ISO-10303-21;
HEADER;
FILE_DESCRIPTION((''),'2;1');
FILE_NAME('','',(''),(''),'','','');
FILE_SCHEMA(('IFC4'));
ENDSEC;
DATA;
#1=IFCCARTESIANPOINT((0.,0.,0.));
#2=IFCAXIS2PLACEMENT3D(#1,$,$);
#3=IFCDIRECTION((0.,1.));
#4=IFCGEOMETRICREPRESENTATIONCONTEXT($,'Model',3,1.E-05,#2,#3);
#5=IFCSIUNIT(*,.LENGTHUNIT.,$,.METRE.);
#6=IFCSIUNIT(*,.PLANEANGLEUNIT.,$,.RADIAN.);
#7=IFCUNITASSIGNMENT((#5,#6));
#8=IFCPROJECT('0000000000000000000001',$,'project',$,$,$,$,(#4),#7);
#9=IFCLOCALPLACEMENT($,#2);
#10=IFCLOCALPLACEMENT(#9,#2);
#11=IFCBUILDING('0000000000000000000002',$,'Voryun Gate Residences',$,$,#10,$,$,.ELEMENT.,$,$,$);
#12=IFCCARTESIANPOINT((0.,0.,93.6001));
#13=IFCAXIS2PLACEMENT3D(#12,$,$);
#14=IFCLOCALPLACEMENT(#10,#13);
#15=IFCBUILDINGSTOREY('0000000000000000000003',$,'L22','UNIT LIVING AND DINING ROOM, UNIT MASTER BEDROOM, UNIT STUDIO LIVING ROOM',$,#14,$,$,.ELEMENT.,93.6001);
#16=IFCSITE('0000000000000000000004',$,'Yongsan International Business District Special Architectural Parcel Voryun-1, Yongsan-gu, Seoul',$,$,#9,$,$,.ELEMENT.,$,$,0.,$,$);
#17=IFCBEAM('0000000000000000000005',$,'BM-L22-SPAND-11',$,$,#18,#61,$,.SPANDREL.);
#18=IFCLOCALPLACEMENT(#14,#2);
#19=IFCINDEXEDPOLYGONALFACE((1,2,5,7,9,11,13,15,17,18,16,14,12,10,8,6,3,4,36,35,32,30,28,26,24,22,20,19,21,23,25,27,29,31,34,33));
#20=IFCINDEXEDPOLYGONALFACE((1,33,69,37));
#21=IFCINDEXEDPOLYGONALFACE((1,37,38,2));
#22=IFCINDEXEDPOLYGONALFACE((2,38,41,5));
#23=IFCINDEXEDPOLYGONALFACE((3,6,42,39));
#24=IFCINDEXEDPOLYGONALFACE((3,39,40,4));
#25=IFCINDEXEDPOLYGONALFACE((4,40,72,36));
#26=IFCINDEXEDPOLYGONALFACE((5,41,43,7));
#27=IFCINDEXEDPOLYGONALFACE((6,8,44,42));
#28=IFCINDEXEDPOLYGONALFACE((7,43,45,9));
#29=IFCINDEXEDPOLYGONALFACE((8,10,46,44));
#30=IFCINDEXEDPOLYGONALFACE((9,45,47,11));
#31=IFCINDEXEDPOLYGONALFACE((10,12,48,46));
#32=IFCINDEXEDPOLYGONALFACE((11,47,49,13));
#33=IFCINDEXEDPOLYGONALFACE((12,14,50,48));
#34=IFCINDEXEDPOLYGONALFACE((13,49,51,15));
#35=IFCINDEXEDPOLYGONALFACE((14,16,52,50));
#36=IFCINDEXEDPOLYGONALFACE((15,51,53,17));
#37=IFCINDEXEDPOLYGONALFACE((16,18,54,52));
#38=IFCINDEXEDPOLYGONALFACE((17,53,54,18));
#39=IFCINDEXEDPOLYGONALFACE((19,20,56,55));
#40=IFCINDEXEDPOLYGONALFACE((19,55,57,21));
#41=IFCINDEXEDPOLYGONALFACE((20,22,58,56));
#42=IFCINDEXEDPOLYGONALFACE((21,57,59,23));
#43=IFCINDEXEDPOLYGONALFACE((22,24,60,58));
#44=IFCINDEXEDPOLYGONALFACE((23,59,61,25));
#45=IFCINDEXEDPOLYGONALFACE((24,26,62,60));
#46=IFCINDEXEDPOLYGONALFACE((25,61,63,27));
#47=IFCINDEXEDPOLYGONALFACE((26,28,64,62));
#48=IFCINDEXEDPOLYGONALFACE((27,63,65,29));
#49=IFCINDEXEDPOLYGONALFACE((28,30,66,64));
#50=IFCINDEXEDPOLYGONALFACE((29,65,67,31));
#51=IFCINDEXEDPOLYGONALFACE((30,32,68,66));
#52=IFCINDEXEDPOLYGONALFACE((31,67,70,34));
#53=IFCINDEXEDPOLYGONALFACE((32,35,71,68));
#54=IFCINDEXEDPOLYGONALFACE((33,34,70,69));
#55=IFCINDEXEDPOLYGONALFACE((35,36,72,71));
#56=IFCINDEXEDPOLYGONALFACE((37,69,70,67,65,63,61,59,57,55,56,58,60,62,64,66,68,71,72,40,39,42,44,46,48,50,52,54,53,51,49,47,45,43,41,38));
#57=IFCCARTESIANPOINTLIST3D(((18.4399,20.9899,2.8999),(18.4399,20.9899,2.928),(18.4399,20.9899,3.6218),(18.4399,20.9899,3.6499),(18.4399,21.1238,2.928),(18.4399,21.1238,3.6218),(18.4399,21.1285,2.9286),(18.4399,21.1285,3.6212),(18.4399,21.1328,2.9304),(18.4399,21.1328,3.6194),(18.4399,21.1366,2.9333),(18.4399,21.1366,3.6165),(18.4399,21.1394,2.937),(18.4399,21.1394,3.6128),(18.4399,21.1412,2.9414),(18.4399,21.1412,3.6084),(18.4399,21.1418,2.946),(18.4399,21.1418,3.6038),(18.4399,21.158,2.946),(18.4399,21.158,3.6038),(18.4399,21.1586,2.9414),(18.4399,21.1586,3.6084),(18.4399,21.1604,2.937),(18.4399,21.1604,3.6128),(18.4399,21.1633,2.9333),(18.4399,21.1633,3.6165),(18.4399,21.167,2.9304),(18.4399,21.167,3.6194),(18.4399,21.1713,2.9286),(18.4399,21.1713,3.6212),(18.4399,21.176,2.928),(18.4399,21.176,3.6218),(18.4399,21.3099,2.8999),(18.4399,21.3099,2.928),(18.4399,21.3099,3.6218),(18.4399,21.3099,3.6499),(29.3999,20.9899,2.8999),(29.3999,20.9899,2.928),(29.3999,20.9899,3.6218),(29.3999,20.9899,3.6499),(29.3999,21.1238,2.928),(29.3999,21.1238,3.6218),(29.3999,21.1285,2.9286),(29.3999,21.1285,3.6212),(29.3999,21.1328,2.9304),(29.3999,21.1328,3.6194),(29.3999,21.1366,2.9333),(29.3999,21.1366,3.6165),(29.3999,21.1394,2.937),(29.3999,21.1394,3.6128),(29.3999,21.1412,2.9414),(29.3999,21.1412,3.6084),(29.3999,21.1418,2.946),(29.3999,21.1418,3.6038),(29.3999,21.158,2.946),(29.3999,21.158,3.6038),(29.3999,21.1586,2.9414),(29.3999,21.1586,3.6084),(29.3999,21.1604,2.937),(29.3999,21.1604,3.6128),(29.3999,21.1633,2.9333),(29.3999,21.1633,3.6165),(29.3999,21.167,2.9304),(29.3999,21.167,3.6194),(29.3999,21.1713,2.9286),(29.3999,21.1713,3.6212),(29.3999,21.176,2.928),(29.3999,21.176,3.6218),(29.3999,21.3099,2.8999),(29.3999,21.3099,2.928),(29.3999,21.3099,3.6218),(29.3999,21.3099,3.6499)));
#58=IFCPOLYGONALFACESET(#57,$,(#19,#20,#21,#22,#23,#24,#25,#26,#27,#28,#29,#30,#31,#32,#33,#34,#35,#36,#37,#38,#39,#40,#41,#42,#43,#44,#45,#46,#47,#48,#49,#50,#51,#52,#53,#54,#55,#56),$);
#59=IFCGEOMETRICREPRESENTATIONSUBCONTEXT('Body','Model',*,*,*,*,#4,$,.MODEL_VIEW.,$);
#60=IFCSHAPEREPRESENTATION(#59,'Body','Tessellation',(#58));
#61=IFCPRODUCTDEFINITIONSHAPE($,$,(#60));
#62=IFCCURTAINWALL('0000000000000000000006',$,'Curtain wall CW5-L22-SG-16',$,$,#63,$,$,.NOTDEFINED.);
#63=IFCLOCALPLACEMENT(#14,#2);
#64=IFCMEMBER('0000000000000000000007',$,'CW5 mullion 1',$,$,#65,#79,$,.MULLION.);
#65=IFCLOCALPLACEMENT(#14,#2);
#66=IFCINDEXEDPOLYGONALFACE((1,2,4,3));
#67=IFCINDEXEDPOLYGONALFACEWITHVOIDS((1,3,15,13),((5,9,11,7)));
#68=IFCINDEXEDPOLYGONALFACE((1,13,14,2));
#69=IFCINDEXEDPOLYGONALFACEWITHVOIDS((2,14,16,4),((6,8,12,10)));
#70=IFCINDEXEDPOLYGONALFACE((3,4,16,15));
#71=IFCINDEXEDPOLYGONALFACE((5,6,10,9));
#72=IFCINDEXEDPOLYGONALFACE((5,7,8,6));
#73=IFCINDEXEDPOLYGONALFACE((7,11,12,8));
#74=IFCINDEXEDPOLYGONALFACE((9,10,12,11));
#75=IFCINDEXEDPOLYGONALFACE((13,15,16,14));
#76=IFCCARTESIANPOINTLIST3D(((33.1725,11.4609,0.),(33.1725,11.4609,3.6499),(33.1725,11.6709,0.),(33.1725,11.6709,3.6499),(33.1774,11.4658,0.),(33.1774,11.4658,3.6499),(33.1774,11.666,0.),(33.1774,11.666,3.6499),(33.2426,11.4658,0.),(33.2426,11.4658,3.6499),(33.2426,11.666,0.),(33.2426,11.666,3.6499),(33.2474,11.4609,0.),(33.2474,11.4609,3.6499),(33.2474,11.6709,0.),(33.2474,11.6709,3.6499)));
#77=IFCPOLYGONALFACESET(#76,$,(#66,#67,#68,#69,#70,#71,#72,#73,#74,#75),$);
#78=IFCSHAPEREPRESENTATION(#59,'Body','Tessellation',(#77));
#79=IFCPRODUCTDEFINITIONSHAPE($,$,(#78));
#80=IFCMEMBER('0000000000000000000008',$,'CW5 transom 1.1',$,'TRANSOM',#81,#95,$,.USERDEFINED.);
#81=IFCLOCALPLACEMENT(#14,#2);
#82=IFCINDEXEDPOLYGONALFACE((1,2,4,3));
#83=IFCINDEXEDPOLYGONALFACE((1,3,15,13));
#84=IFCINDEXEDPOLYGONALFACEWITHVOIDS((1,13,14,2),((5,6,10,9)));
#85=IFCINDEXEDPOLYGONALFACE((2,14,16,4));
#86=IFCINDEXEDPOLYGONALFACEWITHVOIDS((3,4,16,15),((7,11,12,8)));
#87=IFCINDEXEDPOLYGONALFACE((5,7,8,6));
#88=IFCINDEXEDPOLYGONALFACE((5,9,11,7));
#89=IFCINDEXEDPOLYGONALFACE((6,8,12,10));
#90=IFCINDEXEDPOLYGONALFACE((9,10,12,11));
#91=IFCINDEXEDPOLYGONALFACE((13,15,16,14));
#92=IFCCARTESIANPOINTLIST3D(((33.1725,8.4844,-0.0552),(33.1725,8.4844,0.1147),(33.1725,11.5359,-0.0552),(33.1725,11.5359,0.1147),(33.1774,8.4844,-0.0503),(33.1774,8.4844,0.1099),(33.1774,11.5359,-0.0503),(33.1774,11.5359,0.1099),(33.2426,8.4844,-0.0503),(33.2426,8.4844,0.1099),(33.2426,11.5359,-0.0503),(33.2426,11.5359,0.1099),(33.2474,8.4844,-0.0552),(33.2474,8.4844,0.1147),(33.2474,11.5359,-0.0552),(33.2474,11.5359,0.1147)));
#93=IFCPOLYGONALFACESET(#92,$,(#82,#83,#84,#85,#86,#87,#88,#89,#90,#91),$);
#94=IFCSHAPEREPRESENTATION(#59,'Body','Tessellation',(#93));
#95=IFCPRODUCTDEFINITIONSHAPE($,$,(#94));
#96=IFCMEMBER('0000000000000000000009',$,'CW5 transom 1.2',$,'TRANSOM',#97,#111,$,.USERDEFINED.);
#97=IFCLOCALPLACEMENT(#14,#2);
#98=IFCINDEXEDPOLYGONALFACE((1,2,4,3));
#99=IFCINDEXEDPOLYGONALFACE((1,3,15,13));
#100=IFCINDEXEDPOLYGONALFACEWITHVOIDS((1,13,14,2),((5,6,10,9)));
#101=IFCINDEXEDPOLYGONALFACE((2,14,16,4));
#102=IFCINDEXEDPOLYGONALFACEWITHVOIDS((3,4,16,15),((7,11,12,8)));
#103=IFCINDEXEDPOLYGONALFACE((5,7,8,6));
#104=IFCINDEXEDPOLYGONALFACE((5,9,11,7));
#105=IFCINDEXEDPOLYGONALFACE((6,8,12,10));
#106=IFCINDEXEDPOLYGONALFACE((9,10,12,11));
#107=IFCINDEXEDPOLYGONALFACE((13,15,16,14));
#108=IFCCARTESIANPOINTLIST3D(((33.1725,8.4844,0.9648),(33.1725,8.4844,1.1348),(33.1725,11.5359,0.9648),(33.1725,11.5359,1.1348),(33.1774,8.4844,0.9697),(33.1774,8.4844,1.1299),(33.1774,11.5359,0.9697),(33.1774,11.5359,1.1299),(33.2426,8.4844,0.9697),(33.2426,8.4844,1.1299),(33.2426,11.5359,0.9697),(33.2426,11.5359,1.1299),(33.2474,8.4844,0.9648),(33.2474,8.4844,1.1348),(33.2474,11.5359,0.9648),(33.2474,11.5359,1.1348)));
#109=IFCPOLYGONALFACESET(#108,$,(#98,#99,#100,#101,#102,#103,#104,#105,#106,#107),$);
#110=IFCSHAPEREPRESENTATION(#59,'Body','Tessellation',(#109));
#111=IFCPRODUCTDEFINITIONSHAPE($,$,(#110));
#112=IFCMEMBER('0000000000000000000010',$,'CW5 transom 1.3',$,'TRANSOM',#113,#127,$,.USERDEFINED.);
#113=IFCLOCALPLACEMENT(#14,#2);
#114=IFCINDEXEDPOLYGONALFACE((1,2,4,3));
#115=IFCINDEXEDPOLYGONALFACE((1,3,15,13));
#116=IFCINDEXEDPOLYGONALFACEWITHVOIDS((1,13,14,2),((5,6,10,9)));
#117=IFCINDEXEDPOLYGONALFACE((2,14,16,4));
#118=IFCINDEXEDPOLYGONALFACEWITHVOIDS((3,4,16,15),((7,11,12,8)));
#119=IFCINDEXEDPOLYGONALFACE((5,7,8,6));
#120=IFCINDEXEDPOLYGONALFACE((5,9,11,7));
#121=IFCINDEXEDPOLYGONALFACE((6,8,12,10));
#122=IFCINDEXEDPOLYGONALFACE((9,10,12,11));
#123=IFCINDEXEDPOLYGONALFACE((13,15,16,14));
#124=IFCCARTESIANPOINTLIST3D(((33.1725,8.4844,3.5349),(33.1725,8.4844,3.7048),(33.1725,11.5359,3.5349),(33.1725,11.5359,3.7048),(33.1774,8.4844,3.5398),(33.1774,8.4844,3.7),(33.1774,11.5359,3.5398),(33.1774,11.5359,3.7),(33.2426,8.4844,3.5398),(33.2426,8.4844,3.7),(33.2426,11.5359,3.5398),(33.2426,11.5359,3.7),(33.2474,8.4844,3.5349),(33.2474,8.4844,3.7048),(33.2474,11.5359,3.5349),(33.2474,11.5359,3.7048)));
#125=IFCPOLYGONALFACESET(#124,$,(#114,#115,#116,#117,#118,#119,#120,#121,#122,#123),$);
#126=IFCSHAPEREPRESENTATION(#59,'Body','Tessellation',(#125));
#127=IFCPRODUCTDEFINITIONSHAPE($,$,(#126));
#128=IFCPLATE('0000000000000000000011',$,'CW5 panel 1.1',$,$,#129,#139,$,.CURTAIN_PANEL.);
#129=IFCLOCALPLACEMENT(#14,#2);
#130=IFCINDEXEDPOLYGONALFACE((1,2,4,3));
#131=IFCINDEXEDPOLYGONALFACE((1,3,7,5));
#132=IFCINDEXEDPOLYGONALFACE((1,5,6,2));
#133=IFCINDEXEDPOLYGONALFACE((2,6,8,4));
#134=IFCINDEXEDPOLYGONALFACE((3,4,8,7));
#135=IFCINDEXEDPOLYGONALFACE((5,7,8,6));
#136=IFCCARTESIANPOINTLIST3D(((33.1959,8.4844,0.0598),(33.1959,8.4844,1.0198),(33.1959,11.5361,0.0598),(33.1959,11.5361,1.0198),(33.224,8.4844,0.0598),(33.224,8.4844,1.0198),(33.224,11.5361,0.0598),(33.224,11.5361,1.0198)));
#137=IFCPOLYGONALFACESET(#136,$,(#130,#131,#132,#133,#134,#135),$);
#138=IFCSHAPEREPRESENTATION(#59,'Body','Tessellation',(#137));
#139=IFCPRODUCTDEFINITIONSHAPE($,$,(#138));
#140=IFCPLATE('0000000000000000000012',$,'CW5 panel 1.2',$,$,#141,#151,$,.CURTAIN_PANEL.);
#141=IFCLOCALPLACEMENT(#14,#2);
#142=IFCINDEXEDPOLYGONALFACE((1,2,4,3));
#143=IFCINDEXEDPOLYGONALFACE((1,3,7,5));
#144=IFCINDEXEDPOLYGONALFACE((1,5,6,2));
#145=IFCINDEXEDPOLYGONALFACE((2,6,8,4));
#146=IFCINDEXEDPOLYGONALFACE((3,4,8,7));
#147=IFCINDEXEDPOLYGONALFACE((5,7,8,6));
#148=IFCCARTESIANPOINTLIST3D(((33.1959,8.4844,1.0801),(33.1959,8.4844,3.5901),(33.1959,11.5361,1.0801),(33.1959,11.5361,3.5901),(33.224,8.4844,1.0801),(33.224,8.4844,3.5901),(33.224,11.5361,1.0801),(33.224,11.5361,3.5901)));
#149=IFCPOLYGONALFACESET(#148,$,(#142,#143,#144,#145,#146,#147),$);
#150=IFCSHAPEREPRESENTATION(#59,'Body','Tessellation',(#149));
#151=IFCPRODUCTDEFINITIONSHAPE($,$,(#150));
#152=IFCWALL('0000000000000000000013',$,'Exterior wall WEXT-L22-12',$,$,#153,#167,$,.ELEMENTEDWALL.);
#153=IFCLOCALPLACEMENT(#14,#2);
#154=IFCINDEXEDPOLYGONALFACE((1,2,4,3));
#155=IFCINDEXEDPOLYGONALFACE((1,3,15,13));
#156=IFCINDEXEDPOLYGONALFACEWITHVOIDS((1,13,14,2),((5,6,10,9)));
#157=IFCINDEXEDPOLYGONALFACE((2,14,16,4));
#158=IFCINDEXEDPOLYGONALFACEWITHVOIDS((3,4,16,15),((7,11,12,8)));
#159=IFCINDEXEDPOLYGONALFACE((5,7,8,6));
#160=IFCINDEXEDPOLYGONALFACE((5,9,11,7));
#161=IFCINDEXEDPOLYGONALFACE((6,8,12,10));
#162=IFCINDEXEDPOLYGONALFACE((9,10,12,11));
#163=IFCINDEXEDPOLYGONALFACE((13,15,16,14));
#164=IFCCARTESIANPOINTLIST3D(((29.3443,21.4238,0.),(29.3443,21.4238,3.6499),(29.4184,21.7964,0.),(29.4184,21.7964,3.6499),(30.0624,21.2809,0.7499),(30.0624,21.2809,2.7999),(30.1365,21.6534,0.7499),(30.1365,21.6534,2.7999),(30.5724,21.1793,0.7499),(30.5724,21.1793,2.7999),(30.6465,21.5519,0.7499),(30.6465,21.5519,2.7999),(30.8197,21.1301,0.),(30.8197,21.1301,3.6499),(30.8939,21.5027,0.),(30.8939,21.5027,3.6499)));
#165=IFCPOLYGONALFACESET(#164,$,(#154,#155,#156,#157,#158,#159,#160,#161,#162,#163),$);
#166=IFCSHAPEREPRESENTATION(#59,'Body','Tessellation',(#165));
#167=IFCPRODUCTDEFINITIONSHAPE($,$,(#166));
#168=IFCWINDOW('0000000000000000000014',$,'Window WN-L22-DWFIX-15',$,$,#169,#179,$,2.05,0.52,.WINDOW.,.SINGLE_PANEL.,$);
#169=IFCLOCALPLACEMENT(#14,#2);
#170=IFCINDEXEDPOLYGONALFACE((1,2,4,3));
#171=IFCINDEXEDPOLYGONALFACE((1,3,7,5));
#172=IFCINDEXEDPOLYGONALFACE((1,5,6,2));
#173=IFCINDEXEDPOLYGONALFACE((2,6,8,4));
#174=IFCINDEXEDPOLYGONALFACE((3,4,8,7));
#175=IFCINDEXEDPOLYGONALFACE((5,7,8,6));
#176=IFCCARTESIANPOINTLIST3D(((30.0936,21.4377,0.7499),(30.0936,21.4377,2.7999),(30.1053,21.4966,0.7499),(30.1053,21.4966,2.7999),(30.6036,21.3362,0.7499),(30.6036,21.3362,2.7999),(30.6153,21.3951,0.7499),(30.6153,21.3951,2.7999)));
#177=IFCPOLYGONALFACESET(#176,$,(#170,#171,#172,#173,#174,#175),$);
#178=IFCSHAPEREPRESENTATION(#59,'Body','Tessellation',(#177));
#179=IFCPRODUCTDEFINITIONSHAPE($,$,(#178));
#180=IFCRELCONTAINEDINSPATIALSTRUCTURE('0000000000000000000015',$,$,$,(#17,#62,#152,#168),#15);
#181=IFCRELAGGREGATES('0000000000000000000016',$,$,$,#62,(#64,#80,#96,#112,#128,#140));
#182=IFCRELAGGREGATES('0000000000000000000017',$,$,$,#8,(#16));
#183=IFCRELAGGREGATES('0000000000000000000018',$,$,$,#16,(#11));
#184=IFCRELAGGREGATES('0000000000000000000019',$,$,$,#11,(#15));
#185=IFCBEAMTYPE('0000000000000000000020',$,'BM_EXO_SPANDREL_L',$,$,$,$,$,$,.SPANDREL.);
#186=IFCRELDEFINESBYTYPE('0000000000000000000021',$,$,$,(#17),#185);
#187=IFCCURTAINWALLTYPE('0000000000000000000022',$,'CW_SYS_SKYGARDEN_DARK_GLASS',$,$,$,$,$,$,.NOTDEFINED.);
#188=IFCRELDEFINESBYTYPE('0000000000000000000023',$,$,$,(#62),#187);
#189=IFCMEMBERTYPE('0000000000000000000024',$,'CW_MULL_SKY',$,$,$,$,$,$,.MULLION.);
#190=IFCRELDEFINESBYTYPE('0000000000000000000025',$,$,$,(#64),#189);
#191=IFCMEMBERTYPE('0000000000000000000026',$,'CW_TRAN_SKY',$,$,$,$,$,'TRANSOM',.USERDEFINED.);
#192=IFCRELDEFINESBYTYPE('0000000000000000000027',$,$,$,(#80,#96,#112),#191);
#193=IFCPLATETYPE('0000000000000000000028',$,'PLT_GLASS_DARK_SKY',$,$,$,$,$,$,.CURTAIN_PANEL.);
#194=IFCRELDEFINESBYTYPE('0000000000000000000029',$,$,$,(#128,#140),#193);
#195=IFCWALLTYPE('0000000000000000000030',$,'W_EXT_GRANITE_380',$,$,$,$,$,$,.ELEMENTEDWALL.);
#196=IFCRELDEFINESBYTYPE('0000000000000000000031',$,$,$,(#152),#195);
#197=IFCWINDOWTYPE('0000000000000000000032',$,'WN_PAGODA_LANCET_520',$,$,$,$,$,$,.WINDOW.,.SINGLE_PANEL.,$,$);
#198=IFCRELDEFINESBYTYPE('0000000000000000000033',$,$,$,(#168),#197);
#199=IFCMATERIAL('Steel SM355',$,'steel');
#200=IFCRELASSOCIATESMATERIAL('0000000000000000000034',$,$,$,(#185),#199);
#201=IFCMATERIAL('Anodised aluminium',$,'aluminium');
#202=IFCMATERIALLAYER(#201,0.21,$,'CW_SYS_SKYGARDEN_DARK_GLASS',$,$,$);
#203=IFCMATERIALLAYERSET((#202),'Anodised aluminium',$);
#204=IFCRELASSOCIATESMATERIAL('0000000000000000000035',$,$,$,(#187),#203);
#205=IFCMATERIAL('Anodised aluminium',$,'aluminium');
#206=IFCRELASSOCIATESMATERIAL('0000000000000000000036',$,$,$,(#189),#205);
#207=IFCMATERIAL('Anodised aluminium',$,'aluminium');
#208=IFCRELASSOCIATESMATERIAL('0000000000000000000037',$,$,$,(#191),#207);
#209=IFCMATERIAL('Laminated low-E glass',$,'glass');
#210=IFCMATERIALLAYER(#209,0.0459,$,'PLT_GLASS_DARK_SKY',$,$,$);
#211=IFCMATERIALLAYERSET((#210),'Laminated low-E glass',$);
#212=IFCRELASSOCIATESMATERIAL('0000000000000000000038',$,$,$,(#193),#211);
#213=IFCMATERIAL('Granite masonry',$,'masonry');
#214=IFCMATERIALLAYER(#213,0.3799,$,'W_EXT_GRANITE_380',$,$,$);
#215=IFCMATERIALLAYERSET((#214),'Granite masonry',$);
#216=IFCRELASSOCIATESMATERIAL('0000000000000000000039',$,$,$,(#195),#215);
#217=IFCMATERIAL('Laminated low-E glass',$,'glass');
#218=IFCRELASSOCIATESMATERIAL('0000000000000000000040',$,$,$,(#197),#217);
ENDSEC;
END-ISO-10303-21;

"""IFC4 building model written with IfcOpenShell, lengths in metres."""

from ifc_helpers import new_model, si_unit, direction, frame, frame_2d, origin, origin_2d, place, context, subcontext, project, spatial, rectangle, hollow_rectangle, i_section, extrude, material, layer, layer_set, material_profile, profile_set, type_object, element, fill, aggregate, save


model = new_model("IFC4")

# Units and contexts
model_context = context("Model", 3, precision=1e-05, world=origin(), true_north=direction((0.0, 1.0)))
body_context = subcontext(model_context, "Body", "Model", "MODEL_VIEW")
ifc_project = project(units=[si_unit("LENGTHUNIT", "METRE"), si_unit("PLANEANGLEUNIT", "RADIAN")], contexts=[model_context])

# Site, building, storey
site_placement = place(None, origin())
site = spatial("IfcSite", under=ifc_project, at=site_placement, Name="Yongsan International Business District Special Architectural Parcel Voryun-1, Yongsan-gu, Seoul", CompositionType="ELEMENT", RefElevation=0.0)
building_placement = place(site_placement, origin())
building = spatial("IfcBuilding", under=site, at=building_placement, Name="Voryun Gate Residences", CompositionType="ELEMENT")
storey_placement = place(building_placement, frame((0.0, 0.0, 93.6001)))
storey = spatial("IfcBuildingStorey", under=building, at=storey_placement, Name="L22", Description="UNIT LIVING AND DINING ROOM, UNIT MASTER BEDROOM, UNIT STUDIO LIVING ROOM", CompositionType="ELEMENT", Elevation=93.6001)

# Beam
ifc_material_1 = material(Name="Steel SM355", Category="steel")
ifc_material_profile_1 = material_profile(ifc_material_1, i_section(OverallWidth=0.3201, OverallDepth=0.75, WebThickness=0.0161, FlangeThickness=0.0281, FilletRadius=0.0181, at=origin_2d()), Name="H-750x320x16x28")
ifc_profile_set_1 = profile_set([ifc_material_profile_1], Name="Steel SM355")
beam_type = type_object("IfcBeamType", Name="BM_EXO_SPANDREL_L", PredefinedType="SPANDREL", material=ifc_profile_set_1)
beam_1_placement = place(storey_placement, frame((29.3999, 21.1499, 3.2749), z_axis=(-1.0, 0.0, 0.0), x_axis=(0.0, -1.0, 0.0)))
element("IfcBeam", 1, at=beam_1_placement, inside=storey, type_object=beam_type, Name="BM-L22-SPAND-11", PredefinedType="SPANDREL", context=body_context, shape_type="SweptSolid", body=[
    extrude(i_section(OverallWidth=0.3201, OverallDepth=0.75, WebThickness=0.0161, FlangeThickness=0.0281, FilletRadius=0.0181, at=origin_2d()), origin(), (0.0, 0.0, 1.0), 10.96),
])

# Curtain wall, members, plates
ifc_material_2 = material(Name="Anodised aluminium", Category="aluminium")
ifc_layer_1 = layer(ifc_material_2, 0.21, Name="CW_SYS_SKYGARDEN_DARK_GLASS")
ifc_layer_set_1 = layer_set([ifc_layer_1], Name="Anodised aluminium")
curtain_wall_type = type_object("IfcCurtainWallType", Name="CW_SYS_SKYGARDEN_DARK_GLASS", PredefinedType="NOTDEFINED", material=ifc_layer_set_1)
curtain_wall_placement = place(storey_placement, origin())
curtain_wall = element("IfcCurtainWall", 2, at=curtain_wall_placement, inside=storey, type_object=curtain_wall_type, Name="Curtain wall CW5-L22-SG-16", PredefinedType="NOTDEFINED")
ifc_material_3 = material(Name="Anodised aluminium", Category="aluminium")
ifc_material_profile_2 = material_profile(ifc_material_3, hollow_rectangle(XDim=0.075, YDim=0.21, WallThickness=0.0049, at=origin_2d()), Name="ALU-MULL-210x75x5")
ifc_profile_set_2 = profile_set([ifc_material_profile_2], Name="Anodised aluminium")
member_type_1 = type_object("IfcMemberType", Name="CW_MULL_SKY", PredefinedType="MULLION", material=ifc_profile_set_2)
member_1_placement = place(storey_placement, frame((33.21, 11.5659, 0.0), z_axis=(0.0, 0.0, 1.0), x_axis=(1.0, 0.0, 0.0)))
member_1 = element("IfcMember", 3, at=member_1_placement, type_object=member_type_1, Name="CW5 mullion 1", PredefinedType="MULLION", context=body_context, shape_type="SweptSolid", body=[
    extrude(hollow_rectangle(XDim=0.075, YDim=0.21, WallThickness=0.0049, at=origin_2d()), origin(), (0.0, 0.0, 1.0), 3.6499),
])
ifc_material_4 = material(Name="Anodised aluminium", Category="aluminium")
ifc_material_profile_3 = material_profile(ifc_material_4, hollow_rectangle(XDim=0.075, YDim=0.1699, WallThickness=0.0049, at=origin_2d()), Name="ALU-TRAN-170x75x5")
ifc_profile_set_3 = profile_set([ifc_material_profile_3], Name="Anodised aluminium")
member_type_2 = type_object("IfcMemberType", Name="CW_TRAN_SKY", ElementType="TRANSOM", PredefinedType="USERDEFINED", material=ifc_profile_set_3)
member_2_placement = place(storey_placement, frame((33.21, 11.5359, 0.0298), z_axis=(0.0, -1.0, 0.0), x_axis=(1.0, 0.0, 0.0)))
member_2 = element("IfcMember", 4, at=member_2_placement, type_object=member_type_2, Name="CW5 transom 1.1", ObjectType="TRANSOM", PredefinedType="USERDEFINED", context=body_context, shape_type="SweptSolid", body=[
    extrude(hollow_rectangle(XDim=0.075, YDim=0.1699, WallThickness=0.0049, at=origin_2d()), origin(), (0.0, 0.0, 1.0), 3.0515),
])
member_3_placement = place(storey_placement, frame((33.21, 11.5359, 1.0498), z_axis=(0.0, -1.0, 0.0), x_axis=(1.0, 0.0, 0.0)))
member_3 = element("IfcMember", 5, at=member_3_placement, type_object=member_type_2, Name="CW5 transom 1.2", ObjectType="TRANSOM", PredefinedType="USERDEFINED", context=body_context, shape_type="SweptSolid", body=[
    extrude(hollow_rectangle(XDim=0.075, YDim=0.1699, WallThickness=0.0049, at=origin_2d()), origin(), (0.0, 0.0, 1.0), 3.0515),
])
member_4_placement = place(storey_placement, frame((33.21, 11.5359, 3.6199), z_axis=(0.0, -1.0, 0.0), x_axis=(1.0, 0.0, 0.0)))
member_4 = element("IfcMember", 6, at=member_4_placement, type_object=member_type_2, Name="CW5 transom 1.3", ObjectType="TRANSOM", PredefinedType="USERDEFINED", context=body_context, shape_type="SweptSolid", body=[
    extrude(hollow_rectangle(XDim=0.075, YDim=0.1699, WallThickness=0.0049, at=origin_2d()), origin(), (0.0, 0.0, 1.0), 3.0515),
])
ifc_material_5 = material(Name="Laminated low-E glass", Category="glass")
ifc_layer_2 = layer(ifc_material_5, 0.0459, Name="PLT_GLASS_DARK_SKY")
ifc_layer_set_2 = layer_set([ifc_layer_2], Name="Laminated low-E glass")
plate_type = type_object("IfcPlateType", Name="PLT_GLASS_DARK_SKY", PredefinedType="CURTAIN_PANEL", material=ifc_layer_set_2)
plate_1_placement = place(storey_placement, frame((33.21, 10.0103, 0.0598), z_axis=(0.0, 0.0, 1.0), x_axis=(0.0, -1.0, 0.0)))
plate_1 = element("IfcPlate", 7, at=plate_1_placement, type_object=plate_type, Name="CW5 panel 1.1", PredefinedType="CURTAIN_PANEL", context=body_context, shape_type="SweptSolid", body=[
    extrude(rectangle(XDim=3.0518, YDim=0.0281, at=origin_2d()), origin(), (0.0, 0.0, 1.0), 0.96),
])
plate_2_placement = place(storey_placement, frame((33.21, 10.0103, 1.0801), z_axis=(0.0, 0.0, 1.0), x_axis=(0.0, -1.0, 0.0)))
plate_2 = element("IfcPlate", 8, at=plate_2_placement, type_object=plate_type, Name="CW5 panel 1.2", PredefinedType="CURTAIN_PANEL", context=body_context, shape_type="SweptSolid", body=[
    extrude(rectangle(XDim=3.0518, YDim=0.0281, at=origin_2d()), origin(), (0.0, 0.0, 1.0), 2.51),
])
aggregate(curtain_wall, [member_1, member_2, member_3, member_4, plate_1, plate_2])

# Wall, opening, window
ifc_material_6 = material(Name="Granite masonry", Category="masonry")
ifc_layer_3 = layer(ifc_material_6, 0.3799, Name="W_EXT_GRANITE_380")
ifc_layer_set_3 = layer_set([ifc_layer_3], Name="Granite masonry")
wall_type_1 = type_object("IfcWallType", Name="W_EXT_GRANITE_380", PredefinedType="ELEMENTEDWALL", material=ifc_layer_set_3)
wall_1_placement = place(storey_placement, frame((29.3813, 21.6101, 0.0), z_axis=(0.0, 0.0, 1.0), x_axis=(0.980755, -0.195242, 0.0)))
wall_1 = element("IfcWall", 9, at=wall_1_placement, inside=storey, type_object=wall_type_1, Name="Exterior wall WEXT-L22-12", PredefinedType="ELEMENTEDWALL", context=body_context, shape_type="SweptSolid", body=[
    extrude(rectangle(XDim=1.5044, YDim=0.3799, at=frame_2d((0.7522, 0.0))), origin(), (0.0, 0.0, 1.0), 3.6499),
])
opening_1_placement = place(wall_1_placement, frame((0.7322, 0.0, 0.75)))
opening_1 = element("IfcOpeningElement", 10, at=opening_1_placement, cuts=wall_1, PredefinedType="OPENING", context=body_context, shape_type="SweptSolid", body=[
    extrude(rectangle(XDim=0.52, YDim=2.05, at=frame_2d((0.26, 1.0249))), frame((0.0, 0.2, 0.0), z_axis=(0.0, -1.0, 0.0), x_axis=(1.0, 0.0, 0.0)), (0.0, 0.0, 1.0), 0.3999),
])
ifc_material_7 = material(Name="Laminated low-E glass", Category="glass")
window_type = type_object("IfcWindowType", Name="WN_PAGODA_LANCET_520", PartitioningType="SINGLE_PANEL", PredefinedType="WINDOW", material=ifc_material_7)
window_placement = place(opening_1_placement, origin())
window = element("IfcWindow", 11, at=window_placement, inside=storey, type_object=window_type, Name="Window WN-L22-DWFIX-15", OverallHeight=2.05, OverallWidth=0.52, PartitioningType="SINGLE_PANEL", PredefinedType="WINDOW", context=body_context, shape_type="SweptSolid", body=[
    extrude(rectangle(XDim=0.52, YDim=2.05, at=frame_2d((0.26, 1.0249))), frame((0.0, 0.03, 0.0), z_axis=(0.0, -1.0, 0.0), x_axis=(1.0, 0.0, 0.0)), (0.0, 0.0, 1.0), 0.0601),
])
fill(opening_1, window)

save(model, "model.ifc")
